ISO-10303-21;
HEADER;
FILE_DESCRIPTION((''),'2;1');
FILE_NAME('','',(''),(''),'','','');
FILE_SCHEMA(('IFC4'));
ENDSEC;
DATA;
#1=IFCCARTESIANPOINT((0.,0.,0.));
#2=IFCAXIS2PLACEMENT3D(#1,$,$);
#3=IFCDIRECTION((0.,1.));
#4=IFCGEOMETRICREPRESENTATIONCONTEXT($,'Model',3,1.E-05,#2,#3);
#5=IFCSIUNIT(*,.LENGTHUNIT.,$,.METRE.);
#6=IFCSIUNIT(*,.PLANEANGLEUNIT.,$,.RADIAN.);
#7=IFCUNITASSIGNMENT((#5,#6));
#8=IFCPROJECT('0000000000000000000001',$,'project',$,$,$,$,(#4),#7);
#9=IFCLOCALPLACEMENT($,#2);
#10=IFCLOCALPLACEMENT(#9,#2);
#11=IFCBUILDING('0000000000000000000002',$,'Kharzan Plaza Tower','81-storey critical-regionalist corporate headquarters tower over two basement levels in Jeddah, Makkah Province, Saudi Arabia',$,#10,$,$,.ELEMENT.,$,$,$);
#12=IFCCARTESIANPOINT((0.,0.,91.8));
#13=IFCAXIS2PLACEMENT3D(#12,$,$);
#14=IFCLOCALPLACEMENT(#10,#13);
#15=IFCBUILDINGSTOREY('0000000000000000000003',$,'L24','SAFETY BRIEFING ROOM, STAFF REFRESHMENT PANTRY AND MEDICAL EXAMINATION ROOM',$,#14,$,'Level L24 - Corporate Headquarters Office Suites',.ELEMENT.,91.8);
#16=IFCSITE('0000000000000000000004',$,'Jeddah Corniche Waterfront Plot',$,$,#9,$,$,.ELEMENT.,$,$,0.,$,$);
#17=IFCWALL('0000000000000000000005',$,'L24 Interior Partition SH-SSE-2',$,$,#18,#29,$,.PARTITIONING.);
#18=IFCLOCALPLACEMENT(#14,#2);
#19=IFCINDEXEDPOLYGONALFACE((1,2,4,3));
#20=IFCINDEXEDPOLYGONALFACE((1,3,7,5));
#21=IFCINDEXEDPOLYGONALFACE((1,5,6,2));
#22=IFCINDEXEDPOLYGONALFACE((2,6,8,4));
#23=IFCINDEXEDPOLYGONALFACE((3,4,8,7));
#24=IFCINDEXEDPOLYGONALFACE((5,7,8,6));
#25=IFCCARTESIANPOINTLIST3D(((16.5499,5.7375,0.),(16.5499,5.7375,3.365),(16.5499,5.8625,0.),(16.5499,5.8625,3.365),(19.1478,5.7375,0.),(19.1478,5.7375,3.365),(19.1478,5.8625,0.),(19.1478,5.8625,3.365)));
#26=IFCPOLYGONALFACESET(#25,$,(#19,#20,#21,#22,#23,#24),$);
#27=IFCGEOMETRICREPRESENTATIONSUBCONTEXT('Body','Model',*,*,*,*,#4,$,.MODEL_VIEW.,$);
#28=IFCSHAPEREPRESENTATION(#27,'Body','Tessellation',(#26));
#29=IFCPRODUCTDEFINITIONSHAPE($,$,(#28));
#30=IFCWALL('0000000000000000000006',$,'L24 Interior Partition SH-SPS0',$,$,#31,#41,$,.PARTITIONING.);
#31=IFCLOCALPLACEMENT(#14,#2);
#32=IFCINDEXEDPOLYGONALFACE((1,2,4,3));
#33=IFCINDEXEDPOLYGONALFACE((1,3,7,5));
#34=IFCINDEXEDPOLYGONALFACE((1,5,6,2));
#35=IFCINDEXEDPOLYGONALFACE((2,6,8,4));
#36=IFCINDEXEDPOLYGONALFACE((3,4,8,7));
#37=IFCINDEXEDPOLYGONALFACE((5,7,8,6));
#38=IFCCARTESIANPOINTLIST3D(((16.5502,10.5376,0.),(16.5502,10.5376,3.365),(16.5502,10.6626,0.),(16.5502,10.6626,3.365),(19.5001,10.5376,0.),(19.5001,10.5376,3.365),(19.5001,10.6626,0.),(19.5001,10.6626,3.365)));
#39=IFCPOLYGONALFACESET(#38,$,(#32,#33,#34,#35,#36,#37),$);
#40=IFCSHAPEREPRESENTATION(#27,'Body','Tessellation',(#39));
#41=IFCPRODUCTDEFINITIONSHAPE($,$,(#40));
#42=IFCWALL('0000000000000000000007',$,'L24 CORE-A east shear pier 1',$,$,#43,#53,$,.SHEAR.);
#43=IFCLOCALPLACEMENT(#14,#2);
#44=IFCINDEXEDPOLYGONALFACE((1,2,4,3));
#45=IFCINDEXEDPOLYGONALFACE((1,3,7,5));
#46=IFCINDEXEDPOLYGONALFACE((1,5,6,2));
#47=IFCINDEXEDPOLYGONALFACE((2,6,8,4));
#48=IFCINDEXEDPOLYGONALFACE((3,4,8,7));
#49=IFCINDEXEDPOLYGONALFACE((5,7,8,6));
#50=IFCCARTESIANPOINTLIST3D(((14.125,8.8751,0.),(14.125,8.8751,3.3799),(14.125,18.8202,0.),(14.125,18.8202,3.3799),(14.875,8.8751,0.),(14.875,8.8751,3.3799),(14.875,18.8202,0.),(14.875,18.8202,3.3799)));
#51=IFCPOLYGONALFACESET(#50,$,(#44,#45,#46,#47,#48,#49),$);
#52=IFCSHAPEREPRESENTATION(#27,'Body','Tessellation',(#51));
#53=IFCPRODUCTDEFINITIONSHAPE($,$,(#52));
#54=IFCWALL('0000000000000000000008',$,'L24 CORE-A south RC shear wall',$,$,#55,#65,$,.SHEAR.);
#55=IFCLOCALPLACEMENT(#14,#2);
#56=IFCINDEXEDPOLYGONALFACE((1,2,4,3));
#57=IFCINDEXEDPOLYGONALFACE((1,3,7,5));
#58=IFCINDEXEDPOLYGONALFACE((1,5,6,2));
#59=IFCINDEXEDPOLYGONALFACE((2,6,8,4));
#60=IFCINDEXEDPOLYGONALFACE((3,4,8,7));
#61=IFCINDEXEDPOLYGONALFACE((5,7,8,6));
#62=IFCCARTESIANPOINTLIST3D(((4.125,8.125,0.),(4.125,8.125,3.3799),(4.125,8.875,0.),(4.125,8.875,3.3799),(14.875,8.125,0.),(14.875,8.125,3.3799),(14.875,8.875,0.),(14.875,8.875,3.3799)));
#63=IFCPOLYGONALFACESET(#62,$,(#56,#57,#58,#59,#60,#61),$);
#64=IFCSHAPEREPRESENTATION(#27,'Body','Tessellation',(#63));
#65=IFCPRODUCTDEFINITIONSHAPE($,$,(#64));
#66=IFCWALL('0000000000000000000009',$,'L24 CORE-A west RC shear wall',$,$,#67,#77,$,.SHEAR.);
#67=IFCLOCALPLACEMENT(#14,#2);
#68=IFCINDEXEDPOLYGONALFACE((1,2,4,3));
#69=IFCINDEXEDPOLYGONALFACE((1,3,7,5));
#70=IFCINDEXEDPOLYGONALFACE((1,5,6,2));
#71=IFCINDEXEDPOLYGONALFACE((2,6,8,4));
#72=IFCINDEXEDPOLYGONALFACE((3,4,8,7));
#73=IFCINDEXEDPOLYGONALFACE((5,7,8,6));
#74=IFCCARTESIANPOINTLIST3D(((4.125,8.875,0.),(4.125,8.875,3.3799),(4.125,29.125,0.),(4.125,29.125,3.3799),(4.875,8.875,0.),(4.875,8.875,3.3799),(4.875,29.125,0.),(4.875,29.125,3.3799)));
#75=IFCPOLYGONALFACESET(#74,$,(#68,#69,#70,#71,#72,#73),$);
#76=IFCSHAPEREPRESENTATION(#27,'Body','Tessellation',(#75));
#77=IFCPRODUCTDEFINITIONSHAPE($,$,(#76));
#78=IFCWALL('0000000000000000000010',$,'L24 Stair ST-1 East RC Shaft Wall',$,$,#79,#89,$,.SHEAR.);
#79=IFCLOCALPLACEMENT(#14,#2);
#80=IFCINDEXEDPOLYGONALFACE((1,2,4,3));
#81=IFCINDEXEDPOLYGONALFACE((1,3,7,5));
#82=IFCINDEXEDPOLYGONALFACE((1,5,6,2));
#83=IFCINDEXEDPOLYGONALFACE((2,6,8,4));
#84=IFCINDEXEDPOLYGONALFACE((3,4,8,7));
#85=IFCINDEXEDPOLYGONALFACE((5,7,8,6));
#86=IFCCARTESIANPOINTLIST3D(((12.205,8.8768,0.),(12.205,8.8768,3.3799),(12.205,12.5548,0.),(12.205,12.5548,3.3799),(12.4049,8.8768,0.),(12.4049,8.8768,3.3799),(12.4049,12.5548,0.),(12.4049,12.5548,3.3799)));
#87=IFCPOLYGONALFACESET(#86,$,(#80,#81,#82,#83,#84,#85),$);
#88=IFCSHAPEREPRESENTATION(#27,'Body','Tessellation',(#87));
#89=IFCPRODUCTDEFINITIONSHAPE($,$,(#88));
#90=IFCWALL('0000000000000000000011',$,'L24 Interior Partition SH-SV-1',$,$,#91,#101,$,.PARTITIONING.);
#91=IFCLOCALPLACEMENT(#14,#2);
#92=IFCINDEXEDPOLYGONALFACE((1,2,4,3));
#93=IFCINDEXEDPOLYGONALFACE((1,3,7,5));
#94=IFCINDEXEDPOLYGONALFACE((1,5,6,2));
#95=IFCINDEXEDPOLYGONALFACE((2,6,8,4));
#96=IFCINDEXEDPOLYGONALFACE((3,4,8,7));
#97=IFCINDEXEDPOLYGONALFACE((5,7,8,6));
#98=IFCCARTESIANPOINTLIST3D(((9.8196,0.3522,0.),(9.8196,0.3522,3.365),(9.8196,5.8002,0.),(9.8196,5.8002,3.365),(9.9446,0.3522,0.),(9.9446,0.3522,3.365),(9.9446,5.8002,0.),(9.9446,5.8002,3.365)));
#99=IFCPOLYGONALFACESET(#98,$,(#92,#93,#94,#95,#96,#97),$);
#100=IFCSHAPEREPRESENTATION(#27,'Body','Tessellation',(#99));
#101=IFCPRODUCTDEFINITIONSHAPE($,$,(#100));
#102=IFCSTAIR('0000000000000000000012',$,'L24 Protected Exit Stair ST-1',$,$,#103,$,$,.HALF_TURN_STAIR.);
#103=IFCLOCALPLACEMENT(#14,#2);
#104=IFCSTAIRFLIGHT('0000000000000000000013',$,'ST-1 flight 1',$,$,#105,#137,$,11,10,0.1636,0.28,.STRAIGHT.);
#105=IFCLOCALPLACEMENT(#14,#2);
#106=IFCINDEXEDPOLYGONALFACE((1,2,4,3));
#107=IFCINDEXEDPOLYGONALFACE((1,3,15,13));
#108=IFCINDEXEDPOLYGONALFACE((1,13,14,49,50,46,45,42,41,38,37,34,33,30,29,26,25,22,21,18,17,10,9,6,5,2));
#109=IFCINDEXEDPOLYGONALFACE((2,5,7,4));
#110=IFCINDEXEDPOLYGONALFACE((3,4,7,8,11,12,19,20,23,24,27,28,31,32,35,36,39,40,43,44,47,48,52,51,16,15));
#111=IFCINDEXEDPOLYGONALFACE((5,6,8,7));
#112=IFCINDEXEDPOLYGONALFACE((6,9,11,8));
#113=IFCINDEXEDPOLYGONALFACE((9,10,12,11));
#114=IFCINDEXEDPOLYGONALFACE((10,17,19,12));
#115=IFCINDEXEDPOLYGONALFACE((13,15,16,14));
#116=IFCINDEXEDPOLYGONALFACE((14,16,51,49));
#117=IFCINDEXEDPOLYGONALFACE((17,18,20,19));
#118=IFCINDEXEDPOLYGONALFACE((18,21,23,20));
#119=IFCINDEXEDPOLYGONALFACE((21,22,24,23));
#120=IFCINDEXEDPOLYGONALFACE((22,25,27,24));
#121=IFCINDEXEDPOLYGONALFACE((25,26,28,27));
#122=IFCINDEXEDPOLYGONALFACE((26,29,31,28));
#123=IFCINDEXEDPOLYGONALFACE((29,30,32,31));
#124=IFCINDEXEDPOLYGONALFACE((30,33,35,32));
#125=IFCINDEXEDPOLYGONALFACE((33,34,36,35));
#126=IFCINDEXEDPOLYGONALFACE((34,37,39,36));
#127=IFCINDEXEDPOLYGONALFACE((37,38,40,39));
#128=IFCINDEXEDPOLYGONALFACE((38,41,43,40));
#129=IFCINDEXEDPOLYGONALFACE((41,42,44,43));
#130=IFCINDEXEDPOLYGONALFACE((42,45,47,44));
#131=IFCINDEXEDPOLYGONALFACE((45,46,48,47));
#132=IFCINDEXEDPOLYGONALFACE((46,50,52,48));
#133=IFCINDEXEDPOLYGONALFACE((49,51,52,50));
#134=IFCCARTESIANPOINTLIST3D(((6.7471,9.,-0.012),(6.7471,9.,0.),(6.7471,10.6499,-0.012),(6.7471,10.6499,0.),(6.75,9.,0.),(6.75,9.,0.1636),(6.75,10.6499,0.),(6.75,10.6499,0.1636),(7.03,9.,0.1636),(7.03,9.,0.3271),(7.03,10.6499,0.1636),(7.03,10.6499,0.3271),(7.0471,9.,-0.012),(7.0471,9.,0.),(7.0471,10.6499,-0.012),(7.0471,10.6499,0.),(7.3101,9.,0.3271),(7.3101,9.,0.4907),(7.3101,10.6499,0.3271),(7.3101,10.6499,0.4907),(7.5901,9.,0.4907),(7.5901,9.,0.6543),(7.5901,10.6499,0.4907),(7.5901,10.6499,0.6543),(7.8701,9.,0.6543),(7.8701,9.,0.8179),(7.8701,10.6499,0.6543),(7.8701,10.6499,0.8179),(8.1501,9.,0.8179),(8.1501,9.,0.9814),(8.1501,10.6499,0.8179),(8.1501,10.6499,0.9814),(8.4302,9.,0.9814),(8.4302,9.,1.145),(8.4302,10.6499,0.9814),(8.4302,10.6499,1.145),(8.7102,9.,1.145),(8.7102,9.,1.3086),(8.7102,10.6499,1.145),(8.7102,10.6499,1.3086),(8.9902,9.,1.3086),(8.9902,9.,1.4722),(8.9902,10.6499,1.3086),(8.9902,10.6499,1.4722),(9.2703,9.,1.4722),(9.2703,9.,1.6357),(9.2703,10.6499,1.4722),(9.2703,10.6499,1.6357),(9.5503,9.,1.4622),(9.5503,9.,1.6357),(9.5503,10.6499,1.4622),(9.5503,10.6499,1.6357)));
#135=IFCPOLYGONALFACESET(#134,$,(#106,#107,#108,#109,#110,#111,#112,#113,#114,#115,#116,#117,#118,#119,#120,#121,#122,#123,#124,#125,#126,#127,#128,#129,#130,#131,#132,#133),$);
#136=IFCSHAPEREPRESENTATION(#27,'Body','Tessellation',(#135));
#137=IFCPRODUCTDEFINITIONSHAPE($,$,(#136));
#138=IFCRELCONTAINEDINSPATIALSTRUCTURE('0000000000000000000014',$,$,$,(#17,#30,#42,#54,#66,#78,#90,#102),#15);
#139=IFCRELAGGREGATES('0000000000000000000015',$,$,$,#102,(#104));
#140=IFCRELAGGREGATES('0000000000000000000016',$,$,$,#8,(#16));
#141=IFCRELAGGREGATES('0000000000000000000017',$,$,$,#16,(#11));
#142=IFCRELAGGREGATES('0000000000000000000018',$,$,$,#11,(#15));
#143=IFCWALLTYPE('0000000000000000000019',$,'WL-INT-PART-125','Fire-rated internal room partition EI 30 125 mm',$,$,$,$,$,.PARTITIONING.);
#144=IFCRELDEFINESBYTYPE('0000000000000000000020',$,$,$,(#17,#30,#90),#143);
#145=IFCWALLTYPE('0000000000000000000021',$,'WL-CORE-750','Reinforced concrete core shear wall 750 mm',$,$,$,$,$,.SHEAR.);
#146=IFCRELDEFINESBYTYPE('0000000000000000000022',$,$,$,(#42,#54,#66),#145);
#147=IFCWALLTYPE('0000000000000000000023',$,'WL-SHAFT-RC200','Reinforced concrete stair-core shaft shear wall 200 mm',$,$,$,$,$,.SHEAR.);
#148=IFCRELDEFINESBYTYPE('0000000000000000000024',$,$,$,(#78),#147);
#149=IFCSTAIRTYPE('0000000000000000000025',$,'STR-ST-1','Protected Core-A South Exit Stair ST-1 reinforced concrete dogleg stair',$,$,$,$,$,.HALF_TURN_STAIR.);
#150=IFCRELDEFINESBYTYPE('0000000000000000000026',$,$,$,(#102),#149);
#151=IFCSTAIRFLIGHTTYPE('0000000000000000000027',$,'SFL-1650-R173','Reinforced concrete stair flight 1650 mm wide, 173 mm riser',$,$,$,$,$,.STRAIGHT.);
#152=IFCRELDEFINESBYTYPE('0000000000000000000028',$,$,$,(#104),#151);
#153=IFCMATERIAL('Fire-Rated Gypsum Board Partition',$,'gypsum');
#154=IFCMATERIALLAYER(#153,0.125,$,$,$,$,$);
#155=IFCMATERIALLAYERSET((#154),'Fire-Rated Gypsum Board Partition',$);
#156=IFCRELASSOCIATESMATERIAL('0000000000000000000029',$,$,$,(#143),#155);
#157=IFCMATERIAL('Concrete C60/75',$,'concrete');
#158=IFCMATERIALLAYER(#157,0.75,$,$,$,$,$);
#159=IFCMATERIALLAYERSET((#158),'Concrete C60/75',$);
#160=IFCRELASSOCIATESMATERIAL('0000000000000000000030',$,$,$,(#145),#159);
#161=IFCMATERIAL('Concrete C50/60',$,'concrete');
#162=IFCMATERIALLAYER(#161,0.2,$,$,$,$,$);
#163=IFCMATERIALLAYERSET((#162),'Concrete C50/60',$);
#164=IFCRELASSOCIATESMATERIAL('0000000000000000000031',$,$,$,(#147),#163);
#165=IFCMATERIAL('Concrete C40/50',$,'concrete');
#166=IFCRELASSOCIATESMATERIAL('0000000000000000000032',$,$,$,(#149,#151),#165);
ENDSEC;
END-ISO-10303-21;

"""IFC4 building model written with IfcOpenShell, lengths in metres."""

from ifc_helpers import new_model, si_unit, direction, frame, frame_2d, origin, place, context, subcontext, project, spatial, polyline, rectangle, outline, extrude, source, transform, mapped, material, layer, layer_set, type_object, element, aggregate, save


model = new_model("IFC4")

# Units and contexts
model_context = context("Model", 3, precision=1e-05, world=origin(), true_north=direction((0.0, 1.0)))
body_context = subcontext(model_context, "Body", "Model", "MODEL_VIEW")
ifc_project = project(units=[si_unit("LENGTHUNIT", "METRE"), si_unit("PLANEANGLEUNIT", "RADIAN")], contexts=[model_context])

# Site, building, storey
site_placement = place(None, origin())
site = spatial("IfcSite", under=ifc_project, at=site_placement, Name="Jeddah Corniche Waterfront Plot", CompositionType="ELEMENT", RefElevation=0.0)
building_placement = place(site_placement, origin())
building = spatial("IfcBuilding", under=site, at=building_placement, Name="Kharzan Plaza Tower", Description="81-storey critical-regionalist corporate headquarters tower over two basement levels in Jeddah, Makkah Province, Saudi Arabia", CompositionType="ELEMENT")
storey_placement = place(building_placement, frame((0.0, 0.0, 91.8)))
storey = spatial("IfcBuildingStorey", under=building, at=storey_placement, Name="L24", Description="SAFETY BRIEFING ROOM, STAFF REFRESHMENT PANTRY AND MEDICAL EXAMINATION ROOM", LongName="Level L24 - Corporate Headquarters Office Suites", CompositionType="ELEMENT", Elevation=91.8)

# Shared definitions
ifc_material_1 = material(Name="Concrete C60/75", Category="concrete")

# Shared definitions
ifc_material_2 = material(Name="Concrete C40/50", Category="concrete")

# Shared definitions
ifc_material_3 = material(Name="Fire-Rated Gypsum Board Partition", Category="gypsum")
ifc_layer_1 = layer(ifc_material_3, 0.125)
ifc_layer_set_1 = layer_set([ifc_layer_1], Name="Fire-Rated Gypsum Board Partition")
wall_type_1 = type_object("IfcWallType", Name="WL-INT-PART-125", Description="Fire-rated internal room partition EI 30 125 mm", PredefinedType="PARTITIONING", material=ifc_layer_set_1)

# Walls
shared_shape_1 = source(origin(), body_context, "Body", "SweptSolid", [
    extrude(rectangle(XDim=2.5979, YDim=0.125, at=frame_2d((1.2988, 0.0))), origin(), (0.0, 0.0, 1.0), 3.365),
])
wall_1_placement = place(storey_placement, frame((16.55, 5.8, 0.0), z_axis=(0.0, 0.0, 1.0), x_axis=(1.0, 0.0, 0.0)))
element("IfcWall", 1, at=wall_1_placement, inside=storey, type_object=wall_type_1, Name="L24 Interior Partition SH-SSE-2", PredefinedType="PARTITIONING", context=body_context, shape_type="MappedRepresentation", body=[
    mapped(shared_shape_1, transform((0.0, 0.0, 0.0), x_axis=(1.0, 0.0, 0.0), y_axis=(0.0, 1.0, 0.0), z_axis=(0.0, 0.0, 1.0))),
])
shared_shape_2 = source(origin(), body_context, "Body", "SweptSolid", [
    extrude(rectangle(XDim=2.95, YDim=0.125, at=frame_2d((1.4751, 0.0))), origin(), (0.0, 0.0, 1.0), 3.365),
])
wall_2_placement = place(storey_placement, frame((16.55, 10.6001, 0.0), z_axis=(0.0, 0.0, 1.0), x_axis=(1.0, 0.0, 0.0)))
element("IfcWall", 2, at=wall_2_placement, inside=storey, type_object=wall_type_1, Name="L24 Interior Partition SH-SPS0", PredefinedType="PARTITIONING", context=body_context, shape_type="MappedRepresentation", body=[
    mapped(shared_shape_2, transform((0.0, 0.0, 0.0), x_axis=(1.0, 0.0, 0.0), y_axis=(0.0, 1.0, 0.0), z_axis=(0.0, 0.0, 1.0))),
])
ifc_layer_2 = layer(ifc_material_1, 0.75)
ifc_layer_set_2 = layer_set([ifc_layer_2], Name="Concrete C60/75")
wall_type_2 = type_object("IfcWallType", Name="WL-CORE-750", Description="Reinforced concrete core shear wall 750 mm", PredefinedType="SHEAR", material=ifc_layer_set_2)
shared_shape_3 = source(origin(), body_context, "Body", "SweptSolid", [
    extrude(rectangle(XDim=9.9451, YDim=0.75, at=frame_2d((4.9727, 0.0))), origin(), (0.0, 0.0, 1.0), 3.3799),
])
wall_3_placement = place(storey_placement, frame((14.5, 8.875, 0.0), z_axis=(0.0, 0.0, 1.0), x_axis=(0.0, 1.0, 0.0)))
element("IfcWall", 3, at=wall_3_placement, inside=storey, type_object=wall_type_2, Name="L24 CORE-A east shear pier 1", PredefinedType="SHEAR", context=body_context, shape_type="MappedRepresentation", body=[
    mapped(shared_shape_3, transform((0.0, 0.0, 0.0), x_axis=(1.0, 0.0, 0.0), y_axis=(0.0, 1.0, 0.0), z_axis=(0.0, 0.0, 1.0))),
])
shared_shape_4 = source(origin(), body_context, "Body", "SweptSolid", [
    extrude(rectangle(XDim=10.75, YDim=0.75, at=frame_2d((5.375, 0.0))), origin(), (0.0, 0.0, 1.0), 3.3799),
])
wall_4_placement = place(storey_placement, frame((4.125, 8.5, 0.0), z_axis=(0.0, 0.0, 1.0), x_axis=(1.0, 0.0, 0.0)))
element("IfcWall", 4, at=wall_4_placement, inside=storey, type_object=wall_type_2, Name="L24 CORE-A south RC shear wall", PredefinedType="SHEAR", context=body_context, shape_type="MappedRepresentation", body=[
    mapped(shared_shape_4, transform((0.0, 0.0, 0.0), x_axis=(1.0, 0.0, 0.0), y_axis=(0.0, 1.0, 0.0), z_axis=(0.0, 0.0, 1.0))),
])
shared_shape_5 = source(origin(), body_context, "Body", "SweptSolid", [
    extrude(rectangle(XDim=20.25, YDim=0.75, at=frame_2d((10.125, 0.0))), origin(), (0.0, 0.0, 1.0), 3.3799),
])
wall_5_placement = place(storey_placement, frame((4.5, 8.875, 0.0), z_axis=(0.0, 0.0, 1.0), x_axis=(0.0, 1.0, 0.0)))
element("IfcWall", 5, at=wall_5_placement, inside=storey, type_object=wall_type_2, Name="L24 CORE-A west RC shear wall", PredefinedType="SHEAR", context=body_context, shape_type="MappedRepresentation", body=[
    mapped(shared_shape_5, transform((0.0, 0.0, 0.0), x_axis=(1.0, 0.0, 0.0), y_axis=(0.0, 1.0, 0.0), z_axis=(0.0, 0.0, 1.0))),
])
ifc_material_4 = material(Name="Concrete C50/60", Category="concrete")
ifc_layer_3 = layer(ifc_material_4, 0.2)
ifc_layer_set_3 = layer_set([ifc_layer_3], Name="Concrete C50/60")
wall_type_3 = type_object("IfcWallType", Name="WL-SHAFT-RC200", Description="Reinforced concrete stair-core shaft shear wall 200 mm", PredefinedType="SHEAR", material=ifc_layer_set_3)
shared_shape_6 = source(origin(), body_context, "Body", "SweptSolid", [
    extrude(rectangle(XDim=3.678, YDim=0.2, at=frame_2d((1.8389, 0.0))), origin(), (0.0, 0.0, 1.0), 3.3799),
])
wall_6_placement = place(storey_placement, frame((12.3049, 8.877, 0.0), z_axis=(0.0, 0.0, 1.0), x_axis=(0.0, 1.0, 0.0)))
element("IfcWall", 6, at=wall_6_placement, inside=storey, type_object=wall_type_3, Name="L24 Stair ST-1 East RC Shaft Wall", PredefinedType="SHEAR", context=body_context, shape_type="MappedRepresentation", body=[
    mapped(shared_shape_6, transform((0.0, 0.0, 0.0), x_axis=(1.0, 0.0, 0.0), y_axis=(0.0, 1.0, 0.0), z_axis=(0.0, 0.0, 1.0))),
])
shared_shape_7 = source(origin(), body_context, "Body", "SweptSolid", [
    extrude(rectangle(XDim=5.448, YDim=0.125, at=frame_2d((2.7241, 0.0))), origin(), (0.0, 0.0, 1.0), 3.365),
])
wall_7_placement = place(storey_placement, frame((9.8821, 0.3521, 0.0), z_axis=(0.0, 0.0, 1.0), x_axis=(0.0, 1.0, 0.0)))
element("IfcWall", 7, at=wall_7_placement, inside=storey, type_object=wall_type_1, Name="L24 Interior Partition SH-SV-1", PredefinedType="PARTITIONING", context=body_context, shape_type="MappedRepresentation", body=[
    mapped(shared_shape_7, transform((0.0, 0.0, 0.0), x_axis=(1.0, 0.0, 0.0), y_axis=(0.0, 1.0, 0.0), z_axis=(0.0, 0.0, 1.0))),
])

# Stair, stair flight
stair_type = type_object("IfcStairType", Name="STR-ST-1", Description="Protected Core-A South Exit Stair ST-1 reinforced concrete dogleg stair", PredefinedType="HALF_TURN_STAIR", material=ifc_material_2)
stair_placement = place(storey_placement, origin())
stair = element("IfcStair", 8, at=stair_placement, inside=storey, type_object=stair_type, Name="L24 Protected Exit Stair ST-1", PredefinedType="HALF_TURN_STAIR")
stair_flight_type = type_object("IfcStairFlightType", Name="SFL-1650-R173", Description="Reinforced concrete stair flight 1650 mm wide, 173 mm riser", PredefinedType="STRAIGHT", material=ifc_material_2)
shared_shape_8 = source(origin(), body_context, "Body", "SweptSolid", [
    extrude(outline(polyline([(-0.0029, -0.012), (-0.0029, 0.0), (0.0, 0.0), (0.0, 0.1636), (0.28, 0.1636), (0.28, 0.3271), (0.5601, 0.3271), (0.5601, 0.4907), (0.8401, 0.4907), (0.8401, 0.6543), (1.1201, 0.6543), (1.1201, 0.8179), (1.4001, 0.8179), (1.4001, 0.9814), (1.6802, 0.9814), (1.6802, 1.145), (1.9602, 1.145), (1.9602, 1.3086), (2.2402, 1.3086), (2.2402, 1.4722), (2.5203, 1.4722), (2.5203, 1.6357), (2.8003, 1.6357), (2.8003, 1.7993), (2.8003, 1.4622), (0.2971, 0.0), (0.2971, -0.012), (-0.0029, -0.012)])), frame((0.0, 0.825, 0.0), z_axis=(0.0, -1.0, 0.0), x_axis=(1.0, 0.0, 0.0)), (0.0, 0.0, 1.0), 1.6499),
])
stair_flight_placement = place(storey_placement, frame((6.75, 9.825, 0.0), z_axis=(0.0, 0.0, 1.0), x_axis=(1.0, 0.0, 0.0)))
stair_flight = element("IfcStairFlight", 9, at=stair_flight_placement, type_object=stair_flight_type, Name="ST-1 flight 1", NumberOfRisers=11, NumberOfTreads=10, PredefinedType="STRAIGHT", RiserHeight=0.1636, TreadLength=0.28, context=body_context, shape_type="MappedRepresentation", body=[
    mapped(shared_shape_8, transform((0.0, 0.0, 0.0), x_axis=(1.0, 0.0, 0.0), y_axis=(0.0, 1.0, 0.0), z_axis=(0.0, 0.0, 1.0))),
])
aggregate(stair, [stair_flight])

save(model, "model.ifc")
